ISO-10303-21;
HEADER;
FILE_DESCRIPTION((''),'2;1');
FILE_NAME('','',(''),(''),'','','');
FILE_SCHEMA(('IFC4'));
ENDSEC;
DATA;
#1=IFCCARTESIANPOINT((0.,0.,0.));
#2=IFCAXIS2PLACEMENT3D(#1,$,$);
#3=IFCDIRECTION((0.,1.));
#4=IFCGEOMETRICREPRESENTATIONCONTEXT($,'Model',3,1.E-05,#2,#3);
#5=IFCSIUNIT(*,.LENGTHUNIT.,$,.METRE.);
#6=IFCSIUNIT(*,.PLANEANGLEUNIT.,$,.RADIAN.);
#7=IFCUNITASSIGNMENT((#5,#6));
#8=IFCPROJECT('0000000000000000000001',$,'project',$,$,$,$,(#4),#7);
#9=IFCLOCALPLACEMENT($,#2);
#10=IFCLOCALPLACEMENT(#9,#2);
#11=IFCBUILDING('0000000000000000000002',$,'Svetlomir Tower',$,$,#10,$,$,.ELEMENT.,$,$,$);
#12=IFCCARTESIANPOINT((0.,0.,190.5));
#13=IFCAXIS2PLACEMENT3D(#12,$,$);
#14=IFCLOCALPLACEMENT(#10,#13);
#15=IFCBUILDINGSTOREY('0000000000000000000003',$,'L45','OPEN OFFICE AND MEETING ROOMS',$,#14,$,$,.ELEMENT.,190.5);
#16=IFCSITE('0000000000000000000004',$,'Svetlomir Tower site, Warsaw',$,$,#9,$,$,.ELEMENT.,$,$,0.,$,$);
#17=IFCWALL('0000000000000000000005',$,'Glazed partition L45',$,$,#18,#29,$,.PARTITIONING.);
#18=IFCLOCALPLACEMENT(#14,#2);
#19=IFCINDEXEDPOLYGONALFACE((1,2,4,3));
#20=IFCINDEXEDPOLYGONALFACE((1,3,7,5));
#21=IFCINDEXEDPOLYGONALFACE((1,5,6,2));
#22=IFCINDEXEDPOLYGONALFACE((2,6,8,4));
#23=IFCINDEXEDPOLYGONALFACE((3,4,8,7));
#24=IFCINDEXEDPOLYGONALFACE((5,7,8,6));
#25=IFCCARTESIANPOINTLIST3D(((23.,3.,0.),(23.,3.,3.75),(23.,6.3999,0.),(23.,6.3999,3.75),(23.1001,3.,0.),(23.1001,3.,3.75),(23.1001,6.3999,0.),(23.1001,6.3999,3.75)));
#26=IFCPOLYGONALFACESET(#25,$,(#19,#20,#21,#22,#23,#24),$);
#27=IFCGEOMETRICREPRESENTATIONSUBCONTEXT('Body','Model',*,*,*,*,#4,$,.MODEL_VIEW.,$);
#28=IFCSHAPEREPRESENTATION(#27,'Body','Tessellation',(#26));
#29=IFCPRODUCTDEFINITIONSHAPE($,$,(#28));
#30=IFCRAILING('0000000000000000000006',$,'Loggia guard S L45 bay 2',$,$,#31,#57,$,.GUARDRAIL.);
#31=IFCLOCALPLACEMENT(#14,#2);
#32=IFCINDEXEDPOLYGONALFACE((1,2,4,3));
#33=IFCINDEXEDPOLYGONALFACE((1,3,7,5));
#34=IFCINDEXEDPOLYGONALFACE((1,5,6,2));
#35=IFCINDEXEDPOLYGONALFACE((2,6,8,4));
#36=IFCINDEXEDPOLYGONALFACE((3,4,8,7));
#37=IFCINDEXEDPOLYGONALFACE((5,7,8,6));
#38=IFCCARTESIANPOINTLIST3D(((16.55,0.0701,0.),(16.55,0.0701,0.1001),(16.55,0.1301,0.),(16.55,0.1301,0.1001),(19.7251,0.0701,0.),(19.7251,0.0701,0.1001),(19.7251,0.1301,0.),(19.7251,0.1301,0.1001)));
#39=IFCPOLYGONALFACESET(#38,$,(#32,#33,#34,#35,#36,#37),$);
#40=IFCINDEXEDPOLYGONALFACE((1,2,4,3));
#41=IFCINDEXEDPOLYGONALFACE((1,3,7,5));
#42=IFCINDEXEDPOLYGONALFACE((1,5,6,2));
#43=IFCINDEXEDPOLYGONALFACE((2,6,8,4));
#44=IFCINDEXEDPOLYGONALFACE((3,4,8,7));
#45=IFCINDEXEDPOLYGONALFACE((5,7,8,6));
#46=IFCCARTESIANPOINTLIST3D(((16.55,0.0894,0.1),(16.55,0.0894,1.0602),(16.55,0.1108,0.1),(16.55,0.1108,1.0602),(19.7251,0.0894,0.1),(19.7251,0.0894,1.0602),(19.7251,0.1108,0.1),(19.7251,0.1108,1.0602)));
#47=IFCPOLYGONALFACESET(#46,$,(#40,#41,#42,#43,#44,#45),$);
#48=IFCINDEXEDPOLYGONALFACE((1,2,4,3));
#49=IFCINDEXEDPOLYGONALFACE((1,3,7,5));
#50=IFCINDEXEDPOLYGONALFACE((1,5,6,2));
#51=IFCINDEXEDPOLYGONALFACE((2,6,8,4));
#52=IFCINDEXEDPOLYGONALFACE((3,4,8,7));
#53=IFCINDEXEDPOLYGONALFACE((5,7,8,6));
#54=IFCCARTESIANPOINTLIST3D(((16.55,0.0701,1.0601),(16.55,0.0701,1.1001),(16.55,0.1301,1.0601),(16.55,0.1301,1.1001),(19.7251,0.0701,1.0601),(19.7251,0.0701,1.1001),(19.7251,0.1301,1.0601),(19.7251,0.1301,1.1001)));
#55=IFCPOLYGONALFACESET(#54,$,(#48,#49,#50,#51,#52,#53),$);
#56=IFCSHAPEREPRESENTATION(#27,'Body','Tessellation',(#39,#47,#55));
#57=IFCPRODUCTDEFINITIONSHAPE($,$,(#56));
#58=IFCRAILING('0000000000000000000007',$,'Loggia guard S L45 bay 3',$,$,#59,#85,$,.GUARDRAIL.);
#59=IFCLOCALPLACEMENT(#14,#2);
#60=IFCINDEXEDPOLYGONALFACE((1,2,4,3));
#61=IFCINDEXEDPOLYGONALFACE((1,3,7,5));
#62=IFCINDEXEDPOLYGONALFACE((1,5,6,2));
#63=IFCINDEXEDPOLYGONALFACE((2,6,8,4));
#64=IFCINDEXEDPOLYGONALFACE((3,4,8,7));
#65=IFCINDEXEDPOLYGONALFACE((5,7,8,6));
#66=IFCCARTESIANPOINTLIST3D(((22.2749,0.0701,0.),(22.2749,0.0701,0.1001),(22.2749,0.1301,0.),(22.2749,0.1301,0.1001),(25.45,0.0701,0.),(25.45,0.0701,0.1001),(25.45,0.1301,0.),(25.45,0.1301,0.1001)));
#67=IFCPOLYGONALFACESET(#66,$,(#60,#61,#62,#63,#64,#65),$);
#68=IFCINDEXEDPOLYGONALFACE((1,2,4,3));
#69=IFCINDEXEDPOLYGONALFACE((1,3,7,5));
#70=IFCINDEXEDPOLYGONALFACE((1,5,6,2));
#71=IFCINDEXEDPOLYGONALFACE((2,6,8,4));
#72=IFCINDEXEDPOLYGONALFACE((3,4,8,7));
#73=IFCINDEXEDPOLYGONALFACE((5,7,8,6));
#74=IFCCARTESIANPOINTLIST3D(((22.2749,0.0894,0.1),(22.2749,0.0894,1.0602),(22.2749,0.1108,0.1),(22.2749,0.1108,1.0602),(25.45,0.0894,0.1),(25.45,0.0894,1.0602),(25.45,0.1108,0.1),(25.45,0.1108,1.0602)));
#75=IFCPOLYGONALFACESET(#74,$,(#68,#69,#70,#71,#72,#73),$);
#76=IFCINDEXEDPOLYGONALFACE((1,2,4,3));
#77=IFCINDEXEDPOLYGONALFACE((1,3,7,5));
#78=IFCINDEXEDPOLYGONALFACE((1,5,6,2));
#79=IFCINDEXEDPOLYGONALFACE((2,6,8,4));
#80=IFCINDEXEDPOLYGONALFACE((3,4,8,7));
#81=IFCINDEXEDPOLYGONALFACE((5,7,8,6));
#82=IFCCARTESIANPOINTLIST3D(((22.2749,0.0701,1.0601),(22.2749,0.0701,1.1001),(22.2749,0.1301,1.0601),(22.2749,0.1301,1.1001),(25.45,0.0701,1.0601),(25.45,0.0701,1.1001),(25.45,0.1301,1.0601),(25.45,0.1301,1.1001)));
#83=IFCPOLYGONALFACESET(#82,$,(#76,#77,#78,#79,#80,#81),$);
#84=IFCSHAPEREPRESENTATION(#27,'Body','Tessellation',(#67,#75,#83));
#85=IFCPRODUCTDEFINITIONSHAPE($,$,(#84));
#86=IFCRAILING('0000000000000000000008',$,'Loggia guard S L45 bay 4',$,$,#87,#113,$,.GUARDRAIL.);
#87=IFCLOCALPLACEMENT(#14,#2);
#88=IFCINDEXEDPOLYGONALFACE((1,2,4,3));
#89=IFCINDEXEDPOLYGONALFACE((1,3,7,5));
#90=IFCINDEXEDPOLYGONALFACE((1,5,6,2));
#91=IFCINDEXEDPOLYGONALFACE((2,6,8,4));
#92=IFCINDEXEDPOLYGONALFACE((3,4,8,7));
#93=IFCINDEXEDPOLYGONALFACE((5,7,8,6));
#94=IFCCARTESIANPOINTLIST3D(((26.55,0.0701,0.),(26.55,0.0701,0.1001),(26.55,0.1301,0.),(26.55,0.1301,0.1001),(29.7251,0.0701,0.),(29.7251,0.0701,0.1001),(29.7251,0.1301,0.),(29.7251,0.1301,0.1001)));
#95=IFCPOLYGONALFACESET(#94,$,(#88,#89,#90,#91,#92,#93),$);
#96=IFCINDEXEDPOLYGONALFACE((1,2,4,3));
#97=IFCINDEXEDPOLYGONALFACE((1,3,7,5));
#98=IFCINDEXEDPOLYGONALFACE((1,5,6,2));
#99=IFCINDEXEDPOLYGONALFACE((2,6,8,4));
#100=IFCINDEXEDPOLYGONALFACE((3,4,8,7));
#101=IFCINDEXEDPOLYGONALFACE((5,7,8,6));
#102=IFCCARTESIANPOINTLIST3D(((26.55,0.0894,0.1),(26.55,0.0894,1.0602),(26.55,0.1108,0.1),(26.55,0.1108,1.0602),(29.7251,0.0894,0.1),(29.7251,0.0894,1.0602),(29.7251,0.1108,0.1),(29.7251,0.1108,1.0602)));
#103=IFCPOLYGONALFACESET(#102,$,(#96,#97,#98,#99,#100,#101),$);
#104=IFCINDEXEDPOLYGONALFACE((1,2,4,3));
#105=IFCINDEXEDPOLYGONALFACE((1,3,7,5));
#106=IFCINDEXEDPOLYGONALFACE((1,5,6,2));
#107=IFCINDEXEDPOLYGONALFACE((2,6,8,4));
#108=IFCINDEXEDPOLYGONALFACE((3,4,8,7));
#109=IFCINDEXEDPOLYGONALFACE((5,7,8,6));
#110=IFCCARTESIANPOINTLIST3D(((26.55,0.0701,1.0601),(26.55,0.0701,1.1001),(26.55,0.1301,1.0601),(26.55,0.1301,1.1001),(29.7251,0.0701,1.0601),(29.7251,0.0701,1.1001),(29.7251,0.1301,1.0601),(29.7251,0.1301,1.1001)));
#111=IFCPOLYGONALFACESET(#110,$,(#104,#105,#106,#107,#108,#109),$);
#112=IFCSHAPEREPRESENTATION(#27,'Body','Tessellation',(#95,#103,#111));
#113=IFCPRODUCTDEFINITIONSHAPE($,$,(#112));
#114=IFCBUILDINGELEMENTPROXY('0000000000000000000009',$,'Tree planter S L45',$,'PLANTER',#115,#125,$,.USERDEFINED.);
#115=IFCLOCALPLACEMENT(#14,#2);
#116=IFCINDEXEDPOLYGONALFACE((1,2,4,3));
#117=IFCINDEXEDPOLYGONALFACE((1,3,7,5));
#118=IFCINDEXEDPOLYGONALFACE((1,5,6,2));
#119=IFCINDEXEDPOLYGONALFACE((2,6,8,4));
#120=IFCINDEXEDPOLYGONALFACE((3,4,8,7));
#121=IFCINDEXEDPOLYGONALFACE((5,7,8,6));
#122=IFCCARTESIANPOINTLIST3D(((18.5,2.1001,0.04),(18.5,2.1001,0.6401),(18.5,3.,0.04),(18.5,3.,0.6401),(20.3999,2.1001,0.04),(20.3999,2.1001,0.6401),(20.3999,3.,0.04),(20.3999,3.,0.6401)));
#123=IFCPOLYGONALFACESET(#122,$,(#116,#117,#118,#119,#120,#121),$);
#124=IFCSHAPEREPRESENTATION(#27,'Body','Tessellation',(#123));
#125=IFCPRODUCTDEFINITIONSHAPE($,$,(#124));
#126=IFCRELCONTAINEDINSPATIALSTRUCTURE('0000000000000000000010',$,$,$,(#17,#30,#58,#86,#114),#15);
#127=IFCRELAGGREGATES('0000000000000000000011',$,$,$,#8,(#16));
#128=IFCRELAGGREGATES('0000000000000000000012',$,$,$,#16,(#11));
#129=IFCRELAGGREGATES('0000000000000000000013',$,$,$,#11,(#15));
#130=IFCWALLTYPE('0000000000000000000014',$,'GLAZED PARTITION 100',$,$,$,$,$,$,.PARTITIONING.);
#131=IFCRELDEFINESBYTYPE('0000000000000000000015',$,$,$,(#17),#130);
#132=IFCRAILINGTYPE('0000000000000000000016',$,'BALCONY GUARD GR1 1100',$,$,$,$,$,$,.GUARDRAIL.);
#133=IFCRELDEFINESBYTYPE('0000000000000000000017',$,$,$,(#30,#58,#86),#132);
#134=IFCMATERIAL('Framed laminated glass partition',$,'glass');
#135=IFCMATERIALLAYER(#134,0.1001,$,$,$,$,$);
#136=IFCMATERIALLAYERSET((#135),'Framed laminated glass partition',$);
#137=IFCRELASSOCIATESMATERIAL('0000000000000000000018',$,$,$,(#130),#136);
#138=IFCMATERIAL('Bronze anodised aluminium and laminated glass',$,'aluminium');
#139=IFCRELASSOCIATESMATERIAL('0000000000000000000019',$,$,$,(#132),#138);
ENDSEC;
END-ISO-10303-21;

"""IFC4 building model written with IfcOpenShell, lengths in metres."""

from ifc_helpers import new_model, si_unit, direction, frame, frame_2d, origin, origin_2d, place, context, subcontext, project, spatial, rectangle, extrude, material, layer, layer_set, type_object, element, save


model = new_model("IFC4")

# Units and contexts
model_context = context("Model", 3, precision=1e-05, world=origin(), true_north=direction((0.0, 1.0)))
body_context = subcontext(model_context, "Body", "Model", "MODEL_VIEW")
ifc_project = project(units=[si_unit("LENGTHUNIT", "METRE"), si_unit("PLANEANGLEUNIT", "RADIAN")], contexts=[model_context])

# Site, building, storey
site_placement = place(None, origin())
site = spatial("IfcSite", under=ifc_project, at=site_placement, Name="Svetlomir Tower site, Warsaw", CompositionType="ELEMENT", RefElevation=0.0)
building_placement = place(site_placement, origin())
building = spatial("IfcBuilding", under=site, at=building_placement, Name="Svetlomir Tower", CompositionType="ELEMENT")
storey_placement = place(building_placement, frame((0.0, 0.0, 190.5)))
storey = spatial("IfcBuildingStorey", under=building, at=storey_placement, Name="L45", Description="OPEN OFFICE AND MEETING ROOMS", CompositionType="ELEMENT", Elevation=190.5)

# Wall
ifc_material_1 = material(Name="Framed laminated glass partition", Category="glass")
ifc_layer_1 = layer(ifc_material_1, 0.1001)
ifc_layer_set_1 = layer_set([ifc_layer_1], Name="Framed laminated glass partition")
wall_type_1 = type_object("IfcWallType", Name="GLAZED PARTITION 100", PredefinedType="PARTITIONING", material=ifc_layer_set_1)
wall_1_placement = place(storey_placement, frame((23.05, 3.0, 0.0), z_axis=(0.0, 0.0, 1.0), x_axis=(0.0, 1.0, 0.0)))
element("IfcWall", 1, at=wall_1_placement, inside=storey, type_object=wall_type_1, Name="Glazed partition L45", PredefinedType="PARTITIONING", context=body_context, shape_type="SweptSolid", body=[
    extrude(rectangle(XDim=3.3999, YDim=0.1001, at=frame_2d((1.7, 0.0))), origin(), (0.0, 0.0, 1.0), 3.75),
])

# Railings
ifc_material_2 = material(Name="Bronze anodised aluminium and laminated glass", Category="aluminium")
railing_type = type_object("IfcRailingType", Name="BALCONY GUARD GR1 1100", PredefinedType="GUARDRAIL", material=ifc_material_2)
for number, where, name in (
    (2, (16.55, 0.1001, 0.0), "Loggia guard S L45 bay 2"),
    (3, (22.2749, 0.1001, 0.0), "Loggia guard S L45 bay 3"),
    (4, (26.55, 0.1001, 0.0), "Loggia guard S L45 bay 4"),
):
    element("IfcRailing", number, at=place(storey_placement, frame(where)), inside=storey, type_object=railing_type, Name=name, PredefinedType="GUARDRAIL", context=body_context, shape_type="SweptSolid", body=[
        extrude(rectangle(XDim=0.0601, YDim=0.1001, at=origin_2d()), frame((0.0, 0.0, 0.05), z_axis=(1.0, 0.0, 0.0), x_axis=(0.0, 1.0, 0.0)), (0.0, 0.0, 1.0), 3.175),
        extrude(rectangle(XDim=0.0215, YDim=0.9602, at=origin_2d()), frame((0.0, 0.0, 0.5801), z_axis=(1.0, 0.0, 0.0), x_axis=(0.0, 1.0, 0.0)), (0.0, 0.0, 1.0), 3.175),
        extrude(rectangle(XDim=0.0601, YDim=0.04, at=origin_2d()), frame((0.0, 0.0, 1.0801), z_axis=(1.0, 0.0, 0.0), x_axis=(0.0, 1.0, 0.0)), (0.0, 0.0, 1.0), 3.175),
    ])

# Building element proxy
proxy_placement = place(storey_placement, frame((19.45, 2.55, 0.04), z_axis=(0.0, 0.0, 1.0), x_axis=(1.0, 0.0, 0.0)))
element("IfcBuildingElementProxy", 5, at=proxy_placement, inside=storey, Name="Tree planter S L45", ObjectType="PLANTER", PredefinedType="USERDEFINED", context=body_context, shape_type="SweptSolid", body=[
    extrude(rectangle(XDim=1.8999, YDim=0.8999, at=origin_2d()), origin(), (0.0, 0.0, 1.0), 0.6001),
])

save(model, "model.ifc")
